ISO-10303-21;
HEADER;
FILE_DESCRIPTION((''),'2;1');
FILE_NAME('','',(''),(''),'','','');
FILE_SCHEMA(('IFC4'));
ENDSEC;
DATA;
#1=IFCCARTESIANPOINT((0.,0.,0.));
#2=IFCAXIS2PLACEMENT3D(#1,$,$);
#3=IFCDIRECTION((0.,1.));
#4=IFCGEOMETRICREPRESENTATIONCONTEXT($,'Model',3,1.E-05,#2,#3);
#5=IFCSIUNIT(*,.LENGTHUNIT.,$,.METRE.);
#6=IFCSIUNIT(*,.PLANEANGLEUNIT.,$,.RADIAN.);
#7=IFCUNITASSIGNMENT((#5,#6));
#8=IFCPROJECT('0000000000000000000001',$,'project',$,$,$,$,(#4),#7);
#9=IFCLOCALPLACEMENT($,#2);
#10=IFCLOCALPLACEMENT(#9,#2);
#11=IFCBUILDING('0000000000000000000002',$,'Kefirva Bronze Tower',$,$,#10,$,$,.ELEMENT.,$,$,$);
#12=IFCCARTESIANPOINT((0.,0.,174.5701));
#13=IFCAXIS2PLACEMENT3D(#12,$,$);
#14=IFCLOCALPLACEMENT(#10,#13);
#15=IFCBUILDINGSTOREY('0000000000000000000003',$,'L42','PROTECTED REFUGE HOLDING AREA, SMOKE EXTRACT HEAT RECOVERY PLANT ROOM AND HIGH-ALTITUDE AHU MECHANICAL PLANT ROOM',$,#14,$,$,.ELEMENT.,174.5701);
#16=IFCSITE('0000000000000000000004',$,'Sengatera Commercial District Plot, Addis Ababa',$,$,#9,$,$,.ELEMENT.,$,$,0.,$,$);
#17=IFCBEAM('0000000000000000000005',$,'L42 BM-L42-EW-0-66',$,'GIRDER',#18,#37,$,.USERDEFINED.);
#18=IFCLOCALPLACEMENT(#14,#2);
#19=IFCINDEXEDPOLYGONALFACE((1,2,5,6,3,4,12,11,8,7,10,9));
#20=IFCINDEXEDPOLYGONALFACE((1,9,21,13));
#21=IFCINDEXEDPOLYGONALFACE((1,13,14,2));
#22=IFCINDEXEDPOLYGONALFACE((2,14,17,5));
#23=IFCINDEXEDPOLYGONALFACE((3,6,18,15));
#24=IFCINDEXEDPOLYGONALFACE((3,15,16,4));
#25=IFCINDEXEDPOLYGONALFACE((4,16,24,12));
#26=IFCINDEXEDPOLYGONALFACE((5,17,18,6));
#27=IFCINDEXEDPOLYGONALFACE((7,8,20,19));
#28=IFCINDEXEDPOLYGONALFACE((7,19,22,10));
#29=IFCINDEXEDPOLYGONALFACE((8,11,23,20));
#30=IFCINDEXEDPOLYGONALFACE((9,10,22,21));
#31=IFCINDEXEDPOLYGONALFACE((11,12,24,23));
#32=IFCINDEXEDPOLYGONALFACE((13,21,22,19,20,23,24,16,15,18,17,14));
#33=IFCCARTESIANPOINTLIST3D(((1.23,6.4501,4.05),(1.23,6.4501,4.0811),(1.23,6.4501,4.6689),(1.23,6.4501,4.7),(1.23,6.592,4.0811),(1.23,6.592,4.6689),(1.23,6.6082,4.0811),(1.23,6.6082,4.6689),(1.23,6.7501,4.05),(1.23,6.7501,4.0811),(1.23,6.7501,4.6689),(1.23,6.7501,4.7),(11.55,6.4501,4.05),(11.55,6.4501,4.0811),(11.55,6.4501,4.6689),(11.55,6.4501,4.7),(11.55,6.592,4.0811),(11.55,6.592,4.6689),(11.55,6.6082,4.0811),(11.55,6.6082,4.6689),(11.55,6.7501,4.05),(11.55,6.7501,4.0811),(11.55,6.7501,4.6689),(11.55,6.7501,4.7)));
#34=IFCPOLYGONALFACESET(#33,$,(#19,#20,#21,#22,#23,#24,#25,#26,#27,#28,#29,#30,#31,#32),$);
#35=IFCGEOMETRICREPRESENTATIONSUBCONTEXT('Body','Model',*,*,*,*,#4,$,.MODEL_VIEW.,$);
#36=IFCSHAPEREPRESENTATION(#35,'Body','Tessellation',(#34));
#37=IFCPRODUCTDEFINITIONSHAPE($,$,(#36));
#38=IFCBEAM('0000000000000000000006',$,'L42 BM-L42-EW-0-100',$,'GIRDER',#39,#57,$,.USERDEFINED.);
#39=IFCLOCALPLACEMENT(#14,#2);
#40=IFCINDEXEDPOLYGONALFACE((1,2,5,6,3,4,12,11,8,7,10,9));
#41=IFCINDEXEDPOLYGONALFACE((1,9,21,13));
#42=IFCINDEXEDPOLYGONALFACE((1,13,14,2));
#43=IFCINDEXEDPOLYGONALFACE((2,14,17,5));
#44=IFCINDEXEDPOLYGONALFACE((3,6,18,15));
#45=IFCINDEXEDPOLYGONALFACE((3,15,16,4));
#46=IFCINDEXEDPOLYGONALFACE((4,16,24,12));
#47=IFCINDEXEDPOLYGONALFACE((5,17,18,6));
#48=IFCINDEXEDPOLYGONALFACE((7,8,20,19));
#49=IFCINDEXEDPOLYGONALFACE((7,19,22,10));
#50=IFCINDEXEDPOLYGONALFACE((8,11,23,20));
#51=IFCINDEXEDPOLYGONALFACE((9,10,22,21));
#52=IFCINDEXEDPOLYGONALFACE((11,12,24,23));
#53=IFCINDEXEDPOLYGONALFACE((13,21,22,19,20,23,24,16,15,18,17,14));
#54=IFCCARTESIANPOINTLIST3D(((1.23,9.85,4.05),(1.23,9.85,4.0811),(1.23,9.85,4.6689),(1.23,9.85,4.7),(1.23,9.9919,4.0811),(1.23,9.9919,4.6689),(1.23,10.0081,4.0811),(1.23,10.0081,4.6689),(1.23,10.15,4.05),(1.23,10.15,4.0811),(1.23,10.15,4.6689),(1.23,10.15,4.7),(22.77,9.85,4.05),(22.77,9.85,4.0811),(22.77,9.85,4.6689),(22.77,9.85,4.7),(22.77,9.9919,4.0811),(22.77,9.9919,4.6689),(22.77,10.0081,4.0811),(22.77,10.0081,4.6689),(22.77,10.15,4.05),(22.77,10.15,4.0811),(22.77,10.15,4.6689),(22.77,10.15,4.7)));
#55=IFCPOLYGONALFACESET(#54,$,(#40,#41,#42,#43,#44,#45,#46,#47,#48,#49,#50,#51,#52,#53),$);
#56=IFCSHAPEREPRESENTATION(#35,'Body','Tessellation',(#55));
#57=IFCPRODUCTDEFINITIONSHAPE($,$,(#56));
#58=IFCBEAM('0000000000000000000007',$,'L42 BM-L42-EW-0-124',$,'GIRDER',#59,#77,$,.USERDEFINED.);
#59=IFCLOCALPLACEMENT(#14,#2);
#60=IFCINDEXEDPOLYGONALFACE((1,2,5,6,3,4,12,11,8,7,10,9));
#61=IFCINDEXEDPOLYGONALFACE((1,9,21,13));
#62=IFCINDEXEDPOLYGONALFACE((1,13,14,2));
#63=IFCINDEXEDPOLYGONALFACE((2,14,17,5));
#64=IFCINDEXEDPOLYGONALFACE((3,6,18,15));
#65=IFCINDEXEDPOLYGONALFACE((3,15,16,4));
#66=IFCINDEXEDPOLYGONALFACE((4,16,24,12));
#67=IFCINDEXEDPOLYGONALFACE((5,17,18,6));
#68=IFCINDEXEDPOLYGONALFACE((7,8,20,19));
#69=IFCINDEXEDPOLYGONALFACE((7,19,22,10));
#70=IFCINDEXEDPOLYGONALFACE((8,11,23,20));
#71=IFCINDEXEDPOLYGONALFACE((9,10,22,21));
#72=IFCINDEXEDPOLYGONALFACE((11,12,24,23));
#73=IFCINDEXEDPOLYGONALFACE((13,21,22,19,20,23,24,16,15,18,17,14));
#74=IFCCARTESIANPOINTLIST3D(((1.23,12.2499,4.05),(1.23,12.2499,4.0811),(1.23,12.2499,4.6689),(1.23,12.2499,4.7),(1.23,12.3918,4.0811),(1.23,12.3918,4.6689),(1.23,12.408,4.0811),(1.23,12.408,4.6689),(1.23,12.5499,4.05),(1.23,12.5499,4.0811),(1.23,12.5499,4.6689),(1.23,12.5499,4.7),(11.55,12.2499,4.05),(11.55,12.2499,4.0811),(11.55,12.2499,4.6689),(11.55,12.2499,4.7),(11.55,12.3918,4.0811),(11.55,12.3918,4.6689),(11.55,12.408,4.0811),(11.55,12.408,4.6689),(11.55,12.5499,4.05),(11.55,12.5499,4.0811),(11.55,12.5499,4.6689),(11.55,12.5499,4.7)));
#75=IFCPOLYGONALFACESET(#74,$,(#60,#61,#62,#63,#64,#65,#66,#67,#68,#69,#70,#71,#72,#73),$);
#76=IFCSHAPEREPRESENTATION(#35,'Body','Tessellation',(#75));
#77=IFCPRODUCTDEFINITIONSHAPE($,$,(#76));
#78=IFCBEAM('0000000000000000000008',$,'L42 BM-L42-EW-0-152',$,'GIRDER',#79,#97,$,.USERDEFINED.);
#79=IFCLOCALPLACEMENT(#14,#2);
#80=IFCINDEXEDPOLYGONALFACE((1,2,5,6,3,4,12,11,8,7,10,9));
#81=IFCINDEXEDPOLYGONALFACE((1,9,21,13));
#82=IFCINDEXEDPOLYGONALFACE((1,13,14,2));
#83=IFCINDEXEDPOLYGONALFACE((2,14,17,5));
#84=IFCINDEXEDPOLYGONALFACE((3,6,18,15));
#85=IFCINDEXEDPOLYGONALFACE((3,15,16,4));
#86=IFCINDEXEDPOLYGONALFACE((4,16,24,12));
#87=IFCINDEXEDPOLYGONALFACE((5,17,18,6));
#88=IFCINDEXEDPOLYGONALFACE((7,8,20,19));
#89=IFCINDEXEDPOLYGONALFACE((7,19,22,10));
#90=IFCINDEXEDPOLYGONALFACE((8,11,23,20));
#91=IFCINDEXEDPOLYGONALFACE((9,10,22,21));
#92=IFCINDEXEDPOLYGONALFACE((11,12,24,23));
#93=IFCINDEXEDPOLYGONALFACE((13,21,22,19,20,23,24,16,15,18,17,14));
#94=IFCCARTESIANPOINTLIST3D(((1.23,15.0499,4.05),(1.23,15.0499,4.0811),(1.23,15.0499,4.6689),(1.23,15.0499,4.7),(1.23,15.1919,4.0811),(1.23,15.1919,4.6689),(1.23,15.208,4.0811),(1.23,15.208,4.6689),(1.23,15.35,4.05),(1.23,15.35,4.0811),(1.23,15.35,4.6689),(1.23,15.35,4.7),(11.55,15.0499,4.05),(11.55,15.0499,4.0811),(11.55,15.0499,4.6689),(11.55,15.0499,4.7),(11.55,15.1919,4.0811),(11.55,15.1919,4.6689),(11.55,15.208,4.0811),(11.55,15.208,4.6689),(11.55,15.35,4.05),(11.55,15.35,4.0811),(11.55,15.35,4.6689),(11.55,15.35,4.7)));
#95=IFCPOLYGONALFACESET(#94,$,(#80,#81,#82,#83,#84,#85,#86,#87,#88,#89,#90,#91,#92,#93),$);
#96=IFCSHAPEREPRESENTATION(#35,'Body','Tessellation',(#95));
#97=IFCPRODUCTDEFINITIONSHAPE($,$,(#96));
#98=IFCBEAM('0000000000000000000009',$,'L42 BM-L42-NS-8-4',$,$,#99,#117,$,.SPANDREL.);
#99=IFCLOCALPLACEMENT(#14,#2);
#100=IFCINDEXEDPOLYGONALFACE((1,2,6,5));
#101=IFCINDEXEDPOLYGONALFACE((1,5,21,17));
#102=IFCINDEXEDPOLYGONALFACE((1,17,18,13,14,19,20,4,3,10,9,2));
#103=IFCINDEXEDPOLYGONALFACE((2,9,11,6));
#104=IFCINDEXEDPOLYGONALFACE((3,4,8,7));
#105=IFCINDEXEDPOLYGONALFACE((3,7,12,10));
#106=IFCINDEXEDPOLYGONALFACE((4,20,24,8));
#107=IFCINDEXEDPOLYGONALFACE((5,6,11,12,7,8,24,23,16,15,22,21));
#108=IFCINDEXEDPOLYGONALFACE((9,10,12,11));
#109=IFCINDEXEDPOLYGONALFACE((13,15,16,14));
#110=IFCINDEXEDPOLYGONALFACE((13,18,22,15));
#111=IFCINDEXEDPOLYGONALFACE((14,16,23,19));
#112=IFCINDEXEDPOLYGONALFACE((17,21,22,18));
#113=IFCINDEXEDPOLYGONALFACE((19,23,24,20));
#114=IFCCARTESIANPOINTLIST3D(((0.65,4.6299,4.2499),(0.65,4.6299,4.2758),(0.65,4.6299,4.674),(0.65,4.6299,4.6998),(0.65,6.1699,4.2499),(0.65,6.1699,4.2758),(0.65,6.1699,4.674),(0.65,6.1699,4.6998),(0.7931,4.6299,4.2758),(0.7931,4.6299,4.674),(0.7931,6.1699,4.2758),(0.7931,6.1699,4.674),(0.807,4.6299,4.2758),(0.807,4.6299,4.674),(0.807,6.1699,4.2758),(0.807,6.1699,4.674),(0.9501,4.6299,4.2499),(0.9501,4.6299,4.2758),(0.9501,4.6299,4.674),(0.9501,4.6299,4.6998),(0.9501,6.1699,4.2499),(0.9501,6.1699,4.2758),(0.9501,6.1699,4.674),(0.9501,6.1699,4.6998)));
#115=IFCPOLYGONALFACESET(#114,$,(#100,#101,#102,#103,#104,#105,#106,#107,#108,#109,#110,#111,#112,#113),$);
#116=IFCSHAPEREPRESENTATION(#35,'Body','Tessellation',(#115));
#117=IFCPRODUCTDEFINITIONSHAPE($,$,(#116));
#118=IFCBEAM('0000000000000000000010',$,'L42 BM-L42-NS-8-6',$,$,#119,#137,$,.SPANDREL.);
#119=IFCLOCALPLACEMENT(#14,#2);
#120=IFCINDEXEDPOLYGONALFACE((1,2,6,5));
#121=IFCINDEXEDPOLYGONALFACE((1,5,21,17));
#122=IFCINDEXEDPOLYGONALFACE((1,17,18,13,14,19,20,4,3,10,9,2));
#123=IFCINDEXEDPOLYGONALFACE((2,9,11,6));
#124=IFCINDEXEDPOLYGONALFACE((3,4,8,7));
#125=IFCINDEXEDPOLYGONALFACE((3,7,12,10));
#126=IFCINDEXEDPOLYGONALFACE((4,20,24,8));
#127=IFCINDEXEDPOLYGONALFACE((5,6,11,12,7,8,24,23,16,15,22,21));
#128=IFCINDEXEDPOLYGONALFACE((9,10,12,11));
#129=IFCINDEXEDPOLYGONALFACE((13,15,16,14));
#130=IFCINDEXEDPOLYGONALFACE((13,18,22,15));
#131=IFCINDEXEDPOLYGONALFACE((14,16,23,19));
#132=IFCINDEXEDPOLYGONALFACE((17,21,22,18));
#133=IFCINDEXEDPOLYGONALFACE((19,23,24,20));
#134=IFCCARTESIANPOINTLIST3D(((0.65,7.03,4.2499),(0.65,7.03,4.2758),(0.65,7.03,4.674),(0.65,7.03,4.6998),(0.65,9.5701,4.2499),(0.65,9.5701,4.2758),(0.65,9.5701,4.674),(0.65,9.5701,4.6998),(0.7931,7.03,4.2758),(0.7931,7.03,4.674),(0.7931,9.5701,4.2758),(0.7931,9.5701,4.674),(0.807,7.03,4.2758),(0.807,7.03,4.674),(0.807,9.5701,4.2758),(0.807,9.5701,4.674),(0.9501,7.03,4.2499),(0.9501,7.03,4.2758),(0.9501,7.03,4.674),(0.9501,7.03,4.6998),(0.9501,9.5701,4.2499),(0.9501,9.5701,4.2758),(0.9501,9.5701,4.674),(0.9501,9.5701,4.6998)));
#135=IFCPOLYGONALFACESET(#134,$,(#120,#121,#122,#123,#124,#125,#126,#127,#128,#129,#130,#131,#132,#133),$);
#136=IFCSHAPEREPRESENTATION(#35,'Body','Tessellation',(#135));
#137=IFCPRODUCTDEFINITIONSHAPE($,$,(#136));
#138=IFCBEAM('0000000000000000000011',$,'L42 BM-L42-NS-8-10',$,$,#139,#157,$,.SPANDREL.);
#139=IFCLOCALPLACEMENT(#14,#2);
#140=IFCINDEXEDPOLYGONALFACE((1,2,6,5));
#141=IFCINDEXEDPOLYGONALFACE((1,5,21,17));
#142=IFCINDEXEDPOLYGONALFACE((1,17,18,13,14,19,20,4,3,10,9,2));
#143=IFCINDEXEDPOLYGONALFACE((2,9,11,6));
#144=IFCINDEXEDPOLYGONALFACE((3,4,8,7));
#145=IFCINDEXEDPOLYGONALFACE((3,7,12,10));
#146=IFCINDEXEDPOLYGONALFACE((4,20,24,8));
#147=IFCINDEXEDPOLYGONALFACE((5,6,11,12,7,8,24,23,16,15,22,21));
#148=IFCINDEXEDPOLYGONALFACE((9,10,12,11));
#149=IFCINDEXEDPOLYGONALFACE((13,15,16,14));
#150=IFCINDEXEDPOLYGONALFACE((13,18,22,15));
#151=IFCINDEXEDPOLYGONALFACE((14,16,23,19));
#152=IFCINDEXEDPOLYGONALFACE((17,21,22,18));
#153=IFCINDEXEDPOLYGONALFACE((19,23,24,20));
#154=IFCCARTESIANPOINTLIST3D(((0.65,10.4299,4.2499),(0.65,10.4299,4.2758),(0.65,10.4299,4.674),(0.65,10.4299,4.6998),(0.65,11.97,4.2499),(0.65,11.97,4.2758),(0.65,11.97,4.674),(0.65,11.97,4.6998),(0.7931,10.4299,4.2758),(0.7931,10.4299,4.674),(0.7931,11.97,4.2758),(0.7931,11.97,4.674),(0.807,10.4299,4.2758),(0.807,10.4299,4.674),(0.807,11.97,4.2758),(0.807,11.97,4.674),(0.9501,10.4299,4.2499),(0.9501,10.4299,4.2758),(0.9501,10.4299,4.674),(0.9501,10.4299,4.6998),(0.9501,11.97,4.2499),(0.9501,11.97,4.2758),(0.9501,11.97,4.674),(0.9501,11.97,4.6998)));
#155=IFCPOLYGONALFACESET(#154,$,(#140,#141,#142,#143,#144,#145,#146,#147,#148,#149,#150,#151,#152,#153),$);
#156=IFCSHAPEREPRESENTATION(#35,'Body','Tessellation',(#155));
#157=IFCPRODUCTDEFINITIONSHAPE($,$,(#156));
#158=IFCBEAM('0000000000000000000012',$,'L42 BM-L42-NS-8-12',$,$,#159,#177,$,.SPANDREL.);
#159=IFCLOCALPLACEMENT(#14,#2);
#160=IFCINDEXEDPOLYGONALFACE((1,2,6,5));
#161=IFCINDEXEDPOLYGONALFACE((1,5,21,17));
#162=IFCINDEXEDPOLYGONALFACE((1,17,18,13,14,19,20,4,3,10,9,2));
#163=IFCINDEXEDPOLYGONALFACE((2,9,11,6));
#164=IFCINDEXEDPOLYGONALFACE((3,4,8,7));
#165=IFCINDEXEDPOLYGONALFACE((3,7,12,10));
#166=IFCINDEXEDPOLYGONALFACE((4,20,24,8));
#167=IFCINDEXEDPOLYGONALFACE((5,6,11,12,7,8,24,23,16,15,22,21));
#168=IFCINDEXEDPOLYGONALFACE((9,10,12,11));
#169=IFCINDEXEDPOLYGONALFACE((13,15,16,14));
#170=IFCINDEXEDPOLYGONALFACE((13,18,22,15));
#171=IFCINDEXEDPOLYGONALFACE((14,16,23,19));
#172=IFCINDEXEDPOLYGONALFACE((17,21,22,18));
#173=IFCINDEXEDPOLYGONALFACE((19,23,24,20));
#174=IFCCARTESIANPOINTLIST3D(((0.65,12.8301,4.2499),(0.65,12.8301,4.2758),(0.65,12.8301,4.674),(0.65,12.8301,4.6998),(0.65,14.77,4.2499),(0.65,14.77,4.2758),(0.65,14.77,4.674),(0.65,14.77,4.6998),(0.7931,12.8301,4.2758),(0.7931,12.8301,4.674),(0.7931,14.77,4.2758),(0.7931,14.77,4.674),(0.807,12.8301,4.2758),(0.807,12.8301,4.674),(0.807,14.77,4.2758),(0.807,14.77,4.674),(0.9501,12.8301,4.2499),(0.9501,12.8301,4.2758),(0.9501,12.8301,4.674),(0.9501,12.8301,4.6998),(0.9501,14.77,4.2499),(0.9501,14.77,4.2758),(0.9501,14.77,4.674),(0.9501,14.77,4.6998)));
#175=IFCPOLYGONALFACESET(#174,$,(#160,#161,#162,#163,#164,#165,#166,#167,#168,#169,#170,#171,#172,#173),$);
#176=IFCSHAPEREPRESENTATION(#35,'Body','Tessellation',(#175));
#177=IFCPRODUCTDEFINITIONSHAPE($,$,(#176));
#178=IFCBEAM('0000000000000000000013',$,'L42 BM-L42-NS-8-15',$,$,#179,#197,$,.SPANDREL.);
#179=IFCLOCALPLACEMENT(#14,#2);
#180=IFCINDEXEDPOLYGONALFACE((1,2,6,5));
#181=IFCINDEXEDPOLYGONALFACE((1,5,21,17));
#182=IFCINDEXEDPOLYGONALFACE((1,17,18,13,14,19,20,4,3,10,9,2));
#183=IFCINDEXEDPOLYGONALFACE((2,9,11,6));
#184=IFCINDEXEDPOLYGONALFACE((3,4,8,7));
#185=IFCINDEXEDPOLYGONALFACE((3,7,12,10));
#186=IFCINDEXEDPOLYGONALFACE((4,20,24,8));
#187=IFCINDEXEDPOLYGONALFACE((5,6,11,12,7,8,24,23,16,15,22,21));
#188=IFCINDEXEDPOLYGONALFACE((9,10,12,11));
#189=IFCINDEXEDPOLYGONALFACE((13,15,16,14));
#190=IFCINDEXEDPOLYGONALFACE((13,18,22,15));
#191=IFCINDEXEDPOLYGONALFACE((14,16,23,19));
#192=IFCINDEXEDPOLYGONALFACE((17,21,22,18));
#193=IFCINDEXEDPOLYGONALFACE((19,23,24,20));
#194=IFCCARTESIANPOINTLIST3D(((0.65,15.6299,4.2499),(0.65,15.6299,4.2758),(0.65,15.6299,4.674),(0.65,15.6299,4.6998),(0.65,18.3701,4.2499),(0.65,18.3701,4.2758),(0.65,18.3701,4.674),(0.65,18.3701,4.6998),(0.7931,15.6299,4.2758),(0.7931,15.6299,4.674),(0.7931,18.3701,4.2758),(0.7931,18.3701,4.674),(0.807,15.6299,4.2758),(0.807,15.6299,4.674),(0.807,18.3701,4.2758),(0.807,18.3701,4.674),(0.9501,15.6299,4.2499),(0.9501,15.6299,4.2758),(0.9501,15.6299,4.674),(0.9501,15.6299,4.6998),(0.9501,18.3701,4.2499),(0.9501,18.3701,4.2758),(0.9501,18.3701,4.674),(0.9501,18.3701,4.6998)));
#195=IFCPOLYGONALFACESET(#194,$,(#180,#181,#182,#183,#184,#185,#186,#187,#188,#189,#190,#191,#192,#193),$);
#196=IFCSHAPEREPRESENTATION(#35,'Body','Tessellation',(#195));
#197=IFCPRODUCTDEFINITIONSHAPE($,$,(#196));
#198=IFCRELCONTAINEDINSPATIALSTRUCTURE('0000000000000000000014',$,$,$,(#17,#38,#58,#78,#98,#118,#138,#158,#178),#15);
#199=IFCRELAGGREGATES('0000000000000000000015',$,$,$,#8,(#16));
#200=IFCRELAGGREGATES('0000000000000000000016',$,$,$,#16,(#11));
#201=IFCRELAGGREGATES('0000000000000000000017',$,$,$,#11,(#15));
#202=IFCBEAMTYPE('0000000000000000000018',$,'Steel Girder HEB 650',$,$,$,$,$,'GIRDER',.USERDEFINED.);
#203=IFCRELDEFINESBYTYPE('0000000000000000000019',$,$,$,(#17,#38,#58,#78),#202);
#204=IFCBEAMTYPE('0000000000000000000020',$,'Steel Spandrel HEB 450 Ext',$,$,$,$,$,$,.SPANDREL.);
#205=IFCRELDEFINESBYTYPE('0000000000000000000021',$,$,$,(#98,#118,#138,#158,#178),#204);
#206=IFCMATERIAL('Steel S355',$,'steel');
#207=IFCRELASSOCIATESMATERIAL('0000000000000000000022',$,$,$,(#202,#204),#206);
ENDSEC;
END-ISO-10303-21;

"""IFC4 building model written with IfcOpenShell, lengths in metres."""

from ifc_helpers import new_model, si_unit, direction, frame, origin, origin_2d, place, context, subcontext, project, spatial, i_section, extrude, material, material_profile, profile_set, type_object, element, save


model = new_model("IFC4")

# Units and contexts
model_context = context("Model", 3, precision=1e-05, world=origin(), true_north=direction((0.0, 1.0)))
body_context = subcontext(model_context, "Body", "Model", "MODEL_VIEW")
ifc_project = project(units=[si_unit("LENGTHUNIT", "METRE"), si_unit("PLANEANGLEUNIT", "RADIAN")], contexts=[model_context])

# Site, building, storey
site_placement = place(None, origin())
site = spatial("IfcSite", under=ifc_project, at=site_placement, Name="Sengatera Commercial District Plot, Addis Ababa", CompositionType="ELEMENT", RefElevation=0.0)
building_placement = place(site_placement, origin())
building = spatial("IfcBuilding", under=site, at=building_placement, Name="Kefirva Bronze Tower", CompositionType="ELEMENT")
storey_placement = place(building_placement, frame((0.0, 0.0, 174.5701)))
storey = spatial("IfcBuildingStorey", under=building, at=storey_placement, Name="L42", Description="PROTECTED REFUGE HOLDING AREA, SMOKE EXTRACT HEAT RECOVERY PLANT ROOM AND HIGH-ALTITUDE AHU MECHANICAL PLANT ROOM", CompositionType="ELEMENT", Elevation=174.5701)

# Beams
ifc_material_1 = material(Name="Steel S355", Category="steel")
ifc_material_profile_1 = material_profile(ifc_material_1, i_section(OverallWidth=0.3, OverallDepth=0.6499, WebThickness=0.0161, FlangeThickness=0.031, at=origin_2d()), Name="HEB 650")
ifc_profile_set_1 = profile_set([ifc_material_profile_1], Name="Steel S355")
beam_type_1 = type_object("IfcBeamType", Name="Steel Girder HEB 650", ElementType="GIRDER", PredefinedType="USERDEFINED", material=ifc_profile_set_1)
beam_1_placement = place(storey_placement, frame((1.23, 6.6001, 4.375), z_axis=(1.0, 0.0, 0.0), x_axis=(0.0, 1.0, 0.0)))
element("IfcBeam", 1, at=beam_1_placement, inside=storey, type_object=beam_type_1, Name="L42 BM-L42-EW-0-66", ObjectType="GIRDER", PredefinedType="USERDEFINED", context=body_context, shape_type="SweptSolid", body=[
    extrude(i_section(OverallWidth=0.3, OverallDepth=0.6499, WebThickness=0.0161, FlangeThickness=0.031, at=origin_2d()), origin(), (0.0, 0.0, 1.0), 10.3201),
])
beam_2_placement = place(storey_placement, frame((1.23, 10.0, 4.375), z_axis=(1.0, 0.0, 0.0), x_axis=(0.0, 1.0, 0.0)))
element("IfcBeam", 2, at=beam_2_placement, inside=storey, type_object=beam_type_1, Name="L42 BM-L42-EW-0-100", ObjectType="GIRDER", PredefinedType="USERDEFINED", context=body_context, shape_type="SweptSolid", body=[
    extrude(i_section(OverallWidth=0.3, OverallDepth=0.6499, WebThickness=0.0161, FlangeThickness=0.031, at=origin_2d()), origin(), (0.0, 0.0, 1.0), 21.54),
])
for number, where, z_axis, x_axis, name in (
    (3, (1.23, 12.3999, 4.375), (1.0, 0.0, 0.0), (0.0, 1.0, 0.0), "L42 BM-L42-EW-0-124"),
    (4, (1.23, 15.2, 4.375), (1.0, 0.0, 0.0), (0.0, 1.0, 0.0), "L42 BM-L42-EW-0-152"),
):
    element("IfcBeam", number, at=place(storey_placement, frame(where, z_axis=z_axis, x_axis=x_axis)), inside=storey, type_object=beam_type_1, Name=name, ObjectType="GIRDER", PredefinedType="USERDEFINED", context=body_context, shape_type="SweptSolid", body=[
        extrude(i_section(OverallWidth=0.3, OverallDepth=0.6499, WebThickness=0.0161, FlangeThickness=0.031, at=origin_2d()), origin(), (0.0, 0.0, 1.0), 10.3201),
    ])
ifc_material_profile_2 = material_profile(ifc_material_1, i_section(OverallWidth=0.3, OverallDepth=0.45, WebThickness=0.0139, FlangeThickness=0.0259, at=origin_2d()), Name="HEB 450")
ifc_profile_set_2 = profile_set([ifc_material_profile_2], Name="Steel S355")
beam_type_2 = type_object("IfcBeamType", Name="Steel Spandrel HEB 450 Ext", PredefinedType="SPANDREL", material=ifc_profile_set_2)
beam_3_placement = place(storey_placement, frame((0.8, 4.6299, 4.4749), z_axis=(0.0, 1.0, 0.0), x_axis=(-1.0, 0.0, 0.0)))
element("IfcBeam", 5, at=beam_3_placement, inside=storey, type_object=beam_type_2, Name="L42 BM-L42-NS-8-4", PredefinedType="SPANDREL", context=body_context, shape_type="SweptSolid", body=[
    extrude(i_section(OverallWidth=0.3, OverallDepth=0.45, WebThickness=0.0139, FlangeThickness=0.0259, at=origin_2d()), origin(), (0.0, 0.0, 1.0), 1.54),
])
beam_4_placement = place(storey_placement, frame((0.8, 7.03, 4.4749), z_axis=(0.0, 1.0, 0.0), x_axis=(-1.0, 0.0, 0.0)))
element("IfcBeam", 6, at=beam_4_placement, inside=storey, type_object=beam_type_2, Name="L42 BM-L42-NS-8-6", PredefinedType="SPANDREL", context=body_context, shape_type="SweptSolid", body=[
    extrude(i_section(OverallWidth=0.3, OverallDepth=0.45, WebThickness=0.0139, FlangeThickness=0.0259, at=origin_2d()), origin(), (0.0, 0.0, 1.0), 2.54),
])
beam_5_placement = place(storey_placement, frame((0.8, 10.4299, 4.4749), z_axis=(0.0, 1.0, 0.0), x_axis=(-1.0, 0.0, 0.0)))
element("IfcBeam", 7, at=beam_5_placement, inside=storey, type_object=beam_type_2, Name="L42 BM-L42-NS-8-10", PredefinedType="SPANDREL", context=body_context, shape_type="SweptSolid", body=[
    extrude(i_section(OverallWidth=0.3, OverallDepth=0.45, WebThickness=0.0139, FlangeThickness=0.0259, at=origin_2d()), origin(), (0.0, 0.0, 1.0), 1.54),
])
beam_6_placement = place(storey_placement, frame((0.8, 12.8301, 4.4749), z_axis=(0.0, 1.0, 0.0), x_axis=(-1.0, 0.0, 0.0)))
element("IfcBeam", 8, at=beam_6_placement, inside=storey, type_object=beam_type_2, Name="L42 BM-L42-NS-8-12", PredefinedType="SPANDREL", context=body_context, shape_type="SweptSolid", body=[
    extrude(i_section(OverallWidth=0.3, OverallDepth=0.45, WebThickness=0.0139, FlangeThickness=0.0259, at=origin_2d()), origin(), (0.0, 0.0, 1.0), 1.9399),
])
beam_7_placement = place(storey_placement, frame((0.8, 15.6299, 4.4749), z_axis=(0.0, 1.0, 0.0), x_axis=(-1.0, 0.0, 0.0)))
element("IfcBeam", 9, at=beam_7_placement, inside=storey, type_object=beam_type_2, Name="L42 BM-L42-NS-8-15", PredefinedType="SPANDREL", context=body_context, shape_type="SweptSolid", body=[
    extrude(i_section(OverallWidth=0.3, OverallDepth=0.45, WebThickness=0.0139, FlangeThickness=0.0259, at=origin_2d()), origin(), (0.0, 0.0, 1.0), 2.7402),
])

save(model, "model.ifc")
